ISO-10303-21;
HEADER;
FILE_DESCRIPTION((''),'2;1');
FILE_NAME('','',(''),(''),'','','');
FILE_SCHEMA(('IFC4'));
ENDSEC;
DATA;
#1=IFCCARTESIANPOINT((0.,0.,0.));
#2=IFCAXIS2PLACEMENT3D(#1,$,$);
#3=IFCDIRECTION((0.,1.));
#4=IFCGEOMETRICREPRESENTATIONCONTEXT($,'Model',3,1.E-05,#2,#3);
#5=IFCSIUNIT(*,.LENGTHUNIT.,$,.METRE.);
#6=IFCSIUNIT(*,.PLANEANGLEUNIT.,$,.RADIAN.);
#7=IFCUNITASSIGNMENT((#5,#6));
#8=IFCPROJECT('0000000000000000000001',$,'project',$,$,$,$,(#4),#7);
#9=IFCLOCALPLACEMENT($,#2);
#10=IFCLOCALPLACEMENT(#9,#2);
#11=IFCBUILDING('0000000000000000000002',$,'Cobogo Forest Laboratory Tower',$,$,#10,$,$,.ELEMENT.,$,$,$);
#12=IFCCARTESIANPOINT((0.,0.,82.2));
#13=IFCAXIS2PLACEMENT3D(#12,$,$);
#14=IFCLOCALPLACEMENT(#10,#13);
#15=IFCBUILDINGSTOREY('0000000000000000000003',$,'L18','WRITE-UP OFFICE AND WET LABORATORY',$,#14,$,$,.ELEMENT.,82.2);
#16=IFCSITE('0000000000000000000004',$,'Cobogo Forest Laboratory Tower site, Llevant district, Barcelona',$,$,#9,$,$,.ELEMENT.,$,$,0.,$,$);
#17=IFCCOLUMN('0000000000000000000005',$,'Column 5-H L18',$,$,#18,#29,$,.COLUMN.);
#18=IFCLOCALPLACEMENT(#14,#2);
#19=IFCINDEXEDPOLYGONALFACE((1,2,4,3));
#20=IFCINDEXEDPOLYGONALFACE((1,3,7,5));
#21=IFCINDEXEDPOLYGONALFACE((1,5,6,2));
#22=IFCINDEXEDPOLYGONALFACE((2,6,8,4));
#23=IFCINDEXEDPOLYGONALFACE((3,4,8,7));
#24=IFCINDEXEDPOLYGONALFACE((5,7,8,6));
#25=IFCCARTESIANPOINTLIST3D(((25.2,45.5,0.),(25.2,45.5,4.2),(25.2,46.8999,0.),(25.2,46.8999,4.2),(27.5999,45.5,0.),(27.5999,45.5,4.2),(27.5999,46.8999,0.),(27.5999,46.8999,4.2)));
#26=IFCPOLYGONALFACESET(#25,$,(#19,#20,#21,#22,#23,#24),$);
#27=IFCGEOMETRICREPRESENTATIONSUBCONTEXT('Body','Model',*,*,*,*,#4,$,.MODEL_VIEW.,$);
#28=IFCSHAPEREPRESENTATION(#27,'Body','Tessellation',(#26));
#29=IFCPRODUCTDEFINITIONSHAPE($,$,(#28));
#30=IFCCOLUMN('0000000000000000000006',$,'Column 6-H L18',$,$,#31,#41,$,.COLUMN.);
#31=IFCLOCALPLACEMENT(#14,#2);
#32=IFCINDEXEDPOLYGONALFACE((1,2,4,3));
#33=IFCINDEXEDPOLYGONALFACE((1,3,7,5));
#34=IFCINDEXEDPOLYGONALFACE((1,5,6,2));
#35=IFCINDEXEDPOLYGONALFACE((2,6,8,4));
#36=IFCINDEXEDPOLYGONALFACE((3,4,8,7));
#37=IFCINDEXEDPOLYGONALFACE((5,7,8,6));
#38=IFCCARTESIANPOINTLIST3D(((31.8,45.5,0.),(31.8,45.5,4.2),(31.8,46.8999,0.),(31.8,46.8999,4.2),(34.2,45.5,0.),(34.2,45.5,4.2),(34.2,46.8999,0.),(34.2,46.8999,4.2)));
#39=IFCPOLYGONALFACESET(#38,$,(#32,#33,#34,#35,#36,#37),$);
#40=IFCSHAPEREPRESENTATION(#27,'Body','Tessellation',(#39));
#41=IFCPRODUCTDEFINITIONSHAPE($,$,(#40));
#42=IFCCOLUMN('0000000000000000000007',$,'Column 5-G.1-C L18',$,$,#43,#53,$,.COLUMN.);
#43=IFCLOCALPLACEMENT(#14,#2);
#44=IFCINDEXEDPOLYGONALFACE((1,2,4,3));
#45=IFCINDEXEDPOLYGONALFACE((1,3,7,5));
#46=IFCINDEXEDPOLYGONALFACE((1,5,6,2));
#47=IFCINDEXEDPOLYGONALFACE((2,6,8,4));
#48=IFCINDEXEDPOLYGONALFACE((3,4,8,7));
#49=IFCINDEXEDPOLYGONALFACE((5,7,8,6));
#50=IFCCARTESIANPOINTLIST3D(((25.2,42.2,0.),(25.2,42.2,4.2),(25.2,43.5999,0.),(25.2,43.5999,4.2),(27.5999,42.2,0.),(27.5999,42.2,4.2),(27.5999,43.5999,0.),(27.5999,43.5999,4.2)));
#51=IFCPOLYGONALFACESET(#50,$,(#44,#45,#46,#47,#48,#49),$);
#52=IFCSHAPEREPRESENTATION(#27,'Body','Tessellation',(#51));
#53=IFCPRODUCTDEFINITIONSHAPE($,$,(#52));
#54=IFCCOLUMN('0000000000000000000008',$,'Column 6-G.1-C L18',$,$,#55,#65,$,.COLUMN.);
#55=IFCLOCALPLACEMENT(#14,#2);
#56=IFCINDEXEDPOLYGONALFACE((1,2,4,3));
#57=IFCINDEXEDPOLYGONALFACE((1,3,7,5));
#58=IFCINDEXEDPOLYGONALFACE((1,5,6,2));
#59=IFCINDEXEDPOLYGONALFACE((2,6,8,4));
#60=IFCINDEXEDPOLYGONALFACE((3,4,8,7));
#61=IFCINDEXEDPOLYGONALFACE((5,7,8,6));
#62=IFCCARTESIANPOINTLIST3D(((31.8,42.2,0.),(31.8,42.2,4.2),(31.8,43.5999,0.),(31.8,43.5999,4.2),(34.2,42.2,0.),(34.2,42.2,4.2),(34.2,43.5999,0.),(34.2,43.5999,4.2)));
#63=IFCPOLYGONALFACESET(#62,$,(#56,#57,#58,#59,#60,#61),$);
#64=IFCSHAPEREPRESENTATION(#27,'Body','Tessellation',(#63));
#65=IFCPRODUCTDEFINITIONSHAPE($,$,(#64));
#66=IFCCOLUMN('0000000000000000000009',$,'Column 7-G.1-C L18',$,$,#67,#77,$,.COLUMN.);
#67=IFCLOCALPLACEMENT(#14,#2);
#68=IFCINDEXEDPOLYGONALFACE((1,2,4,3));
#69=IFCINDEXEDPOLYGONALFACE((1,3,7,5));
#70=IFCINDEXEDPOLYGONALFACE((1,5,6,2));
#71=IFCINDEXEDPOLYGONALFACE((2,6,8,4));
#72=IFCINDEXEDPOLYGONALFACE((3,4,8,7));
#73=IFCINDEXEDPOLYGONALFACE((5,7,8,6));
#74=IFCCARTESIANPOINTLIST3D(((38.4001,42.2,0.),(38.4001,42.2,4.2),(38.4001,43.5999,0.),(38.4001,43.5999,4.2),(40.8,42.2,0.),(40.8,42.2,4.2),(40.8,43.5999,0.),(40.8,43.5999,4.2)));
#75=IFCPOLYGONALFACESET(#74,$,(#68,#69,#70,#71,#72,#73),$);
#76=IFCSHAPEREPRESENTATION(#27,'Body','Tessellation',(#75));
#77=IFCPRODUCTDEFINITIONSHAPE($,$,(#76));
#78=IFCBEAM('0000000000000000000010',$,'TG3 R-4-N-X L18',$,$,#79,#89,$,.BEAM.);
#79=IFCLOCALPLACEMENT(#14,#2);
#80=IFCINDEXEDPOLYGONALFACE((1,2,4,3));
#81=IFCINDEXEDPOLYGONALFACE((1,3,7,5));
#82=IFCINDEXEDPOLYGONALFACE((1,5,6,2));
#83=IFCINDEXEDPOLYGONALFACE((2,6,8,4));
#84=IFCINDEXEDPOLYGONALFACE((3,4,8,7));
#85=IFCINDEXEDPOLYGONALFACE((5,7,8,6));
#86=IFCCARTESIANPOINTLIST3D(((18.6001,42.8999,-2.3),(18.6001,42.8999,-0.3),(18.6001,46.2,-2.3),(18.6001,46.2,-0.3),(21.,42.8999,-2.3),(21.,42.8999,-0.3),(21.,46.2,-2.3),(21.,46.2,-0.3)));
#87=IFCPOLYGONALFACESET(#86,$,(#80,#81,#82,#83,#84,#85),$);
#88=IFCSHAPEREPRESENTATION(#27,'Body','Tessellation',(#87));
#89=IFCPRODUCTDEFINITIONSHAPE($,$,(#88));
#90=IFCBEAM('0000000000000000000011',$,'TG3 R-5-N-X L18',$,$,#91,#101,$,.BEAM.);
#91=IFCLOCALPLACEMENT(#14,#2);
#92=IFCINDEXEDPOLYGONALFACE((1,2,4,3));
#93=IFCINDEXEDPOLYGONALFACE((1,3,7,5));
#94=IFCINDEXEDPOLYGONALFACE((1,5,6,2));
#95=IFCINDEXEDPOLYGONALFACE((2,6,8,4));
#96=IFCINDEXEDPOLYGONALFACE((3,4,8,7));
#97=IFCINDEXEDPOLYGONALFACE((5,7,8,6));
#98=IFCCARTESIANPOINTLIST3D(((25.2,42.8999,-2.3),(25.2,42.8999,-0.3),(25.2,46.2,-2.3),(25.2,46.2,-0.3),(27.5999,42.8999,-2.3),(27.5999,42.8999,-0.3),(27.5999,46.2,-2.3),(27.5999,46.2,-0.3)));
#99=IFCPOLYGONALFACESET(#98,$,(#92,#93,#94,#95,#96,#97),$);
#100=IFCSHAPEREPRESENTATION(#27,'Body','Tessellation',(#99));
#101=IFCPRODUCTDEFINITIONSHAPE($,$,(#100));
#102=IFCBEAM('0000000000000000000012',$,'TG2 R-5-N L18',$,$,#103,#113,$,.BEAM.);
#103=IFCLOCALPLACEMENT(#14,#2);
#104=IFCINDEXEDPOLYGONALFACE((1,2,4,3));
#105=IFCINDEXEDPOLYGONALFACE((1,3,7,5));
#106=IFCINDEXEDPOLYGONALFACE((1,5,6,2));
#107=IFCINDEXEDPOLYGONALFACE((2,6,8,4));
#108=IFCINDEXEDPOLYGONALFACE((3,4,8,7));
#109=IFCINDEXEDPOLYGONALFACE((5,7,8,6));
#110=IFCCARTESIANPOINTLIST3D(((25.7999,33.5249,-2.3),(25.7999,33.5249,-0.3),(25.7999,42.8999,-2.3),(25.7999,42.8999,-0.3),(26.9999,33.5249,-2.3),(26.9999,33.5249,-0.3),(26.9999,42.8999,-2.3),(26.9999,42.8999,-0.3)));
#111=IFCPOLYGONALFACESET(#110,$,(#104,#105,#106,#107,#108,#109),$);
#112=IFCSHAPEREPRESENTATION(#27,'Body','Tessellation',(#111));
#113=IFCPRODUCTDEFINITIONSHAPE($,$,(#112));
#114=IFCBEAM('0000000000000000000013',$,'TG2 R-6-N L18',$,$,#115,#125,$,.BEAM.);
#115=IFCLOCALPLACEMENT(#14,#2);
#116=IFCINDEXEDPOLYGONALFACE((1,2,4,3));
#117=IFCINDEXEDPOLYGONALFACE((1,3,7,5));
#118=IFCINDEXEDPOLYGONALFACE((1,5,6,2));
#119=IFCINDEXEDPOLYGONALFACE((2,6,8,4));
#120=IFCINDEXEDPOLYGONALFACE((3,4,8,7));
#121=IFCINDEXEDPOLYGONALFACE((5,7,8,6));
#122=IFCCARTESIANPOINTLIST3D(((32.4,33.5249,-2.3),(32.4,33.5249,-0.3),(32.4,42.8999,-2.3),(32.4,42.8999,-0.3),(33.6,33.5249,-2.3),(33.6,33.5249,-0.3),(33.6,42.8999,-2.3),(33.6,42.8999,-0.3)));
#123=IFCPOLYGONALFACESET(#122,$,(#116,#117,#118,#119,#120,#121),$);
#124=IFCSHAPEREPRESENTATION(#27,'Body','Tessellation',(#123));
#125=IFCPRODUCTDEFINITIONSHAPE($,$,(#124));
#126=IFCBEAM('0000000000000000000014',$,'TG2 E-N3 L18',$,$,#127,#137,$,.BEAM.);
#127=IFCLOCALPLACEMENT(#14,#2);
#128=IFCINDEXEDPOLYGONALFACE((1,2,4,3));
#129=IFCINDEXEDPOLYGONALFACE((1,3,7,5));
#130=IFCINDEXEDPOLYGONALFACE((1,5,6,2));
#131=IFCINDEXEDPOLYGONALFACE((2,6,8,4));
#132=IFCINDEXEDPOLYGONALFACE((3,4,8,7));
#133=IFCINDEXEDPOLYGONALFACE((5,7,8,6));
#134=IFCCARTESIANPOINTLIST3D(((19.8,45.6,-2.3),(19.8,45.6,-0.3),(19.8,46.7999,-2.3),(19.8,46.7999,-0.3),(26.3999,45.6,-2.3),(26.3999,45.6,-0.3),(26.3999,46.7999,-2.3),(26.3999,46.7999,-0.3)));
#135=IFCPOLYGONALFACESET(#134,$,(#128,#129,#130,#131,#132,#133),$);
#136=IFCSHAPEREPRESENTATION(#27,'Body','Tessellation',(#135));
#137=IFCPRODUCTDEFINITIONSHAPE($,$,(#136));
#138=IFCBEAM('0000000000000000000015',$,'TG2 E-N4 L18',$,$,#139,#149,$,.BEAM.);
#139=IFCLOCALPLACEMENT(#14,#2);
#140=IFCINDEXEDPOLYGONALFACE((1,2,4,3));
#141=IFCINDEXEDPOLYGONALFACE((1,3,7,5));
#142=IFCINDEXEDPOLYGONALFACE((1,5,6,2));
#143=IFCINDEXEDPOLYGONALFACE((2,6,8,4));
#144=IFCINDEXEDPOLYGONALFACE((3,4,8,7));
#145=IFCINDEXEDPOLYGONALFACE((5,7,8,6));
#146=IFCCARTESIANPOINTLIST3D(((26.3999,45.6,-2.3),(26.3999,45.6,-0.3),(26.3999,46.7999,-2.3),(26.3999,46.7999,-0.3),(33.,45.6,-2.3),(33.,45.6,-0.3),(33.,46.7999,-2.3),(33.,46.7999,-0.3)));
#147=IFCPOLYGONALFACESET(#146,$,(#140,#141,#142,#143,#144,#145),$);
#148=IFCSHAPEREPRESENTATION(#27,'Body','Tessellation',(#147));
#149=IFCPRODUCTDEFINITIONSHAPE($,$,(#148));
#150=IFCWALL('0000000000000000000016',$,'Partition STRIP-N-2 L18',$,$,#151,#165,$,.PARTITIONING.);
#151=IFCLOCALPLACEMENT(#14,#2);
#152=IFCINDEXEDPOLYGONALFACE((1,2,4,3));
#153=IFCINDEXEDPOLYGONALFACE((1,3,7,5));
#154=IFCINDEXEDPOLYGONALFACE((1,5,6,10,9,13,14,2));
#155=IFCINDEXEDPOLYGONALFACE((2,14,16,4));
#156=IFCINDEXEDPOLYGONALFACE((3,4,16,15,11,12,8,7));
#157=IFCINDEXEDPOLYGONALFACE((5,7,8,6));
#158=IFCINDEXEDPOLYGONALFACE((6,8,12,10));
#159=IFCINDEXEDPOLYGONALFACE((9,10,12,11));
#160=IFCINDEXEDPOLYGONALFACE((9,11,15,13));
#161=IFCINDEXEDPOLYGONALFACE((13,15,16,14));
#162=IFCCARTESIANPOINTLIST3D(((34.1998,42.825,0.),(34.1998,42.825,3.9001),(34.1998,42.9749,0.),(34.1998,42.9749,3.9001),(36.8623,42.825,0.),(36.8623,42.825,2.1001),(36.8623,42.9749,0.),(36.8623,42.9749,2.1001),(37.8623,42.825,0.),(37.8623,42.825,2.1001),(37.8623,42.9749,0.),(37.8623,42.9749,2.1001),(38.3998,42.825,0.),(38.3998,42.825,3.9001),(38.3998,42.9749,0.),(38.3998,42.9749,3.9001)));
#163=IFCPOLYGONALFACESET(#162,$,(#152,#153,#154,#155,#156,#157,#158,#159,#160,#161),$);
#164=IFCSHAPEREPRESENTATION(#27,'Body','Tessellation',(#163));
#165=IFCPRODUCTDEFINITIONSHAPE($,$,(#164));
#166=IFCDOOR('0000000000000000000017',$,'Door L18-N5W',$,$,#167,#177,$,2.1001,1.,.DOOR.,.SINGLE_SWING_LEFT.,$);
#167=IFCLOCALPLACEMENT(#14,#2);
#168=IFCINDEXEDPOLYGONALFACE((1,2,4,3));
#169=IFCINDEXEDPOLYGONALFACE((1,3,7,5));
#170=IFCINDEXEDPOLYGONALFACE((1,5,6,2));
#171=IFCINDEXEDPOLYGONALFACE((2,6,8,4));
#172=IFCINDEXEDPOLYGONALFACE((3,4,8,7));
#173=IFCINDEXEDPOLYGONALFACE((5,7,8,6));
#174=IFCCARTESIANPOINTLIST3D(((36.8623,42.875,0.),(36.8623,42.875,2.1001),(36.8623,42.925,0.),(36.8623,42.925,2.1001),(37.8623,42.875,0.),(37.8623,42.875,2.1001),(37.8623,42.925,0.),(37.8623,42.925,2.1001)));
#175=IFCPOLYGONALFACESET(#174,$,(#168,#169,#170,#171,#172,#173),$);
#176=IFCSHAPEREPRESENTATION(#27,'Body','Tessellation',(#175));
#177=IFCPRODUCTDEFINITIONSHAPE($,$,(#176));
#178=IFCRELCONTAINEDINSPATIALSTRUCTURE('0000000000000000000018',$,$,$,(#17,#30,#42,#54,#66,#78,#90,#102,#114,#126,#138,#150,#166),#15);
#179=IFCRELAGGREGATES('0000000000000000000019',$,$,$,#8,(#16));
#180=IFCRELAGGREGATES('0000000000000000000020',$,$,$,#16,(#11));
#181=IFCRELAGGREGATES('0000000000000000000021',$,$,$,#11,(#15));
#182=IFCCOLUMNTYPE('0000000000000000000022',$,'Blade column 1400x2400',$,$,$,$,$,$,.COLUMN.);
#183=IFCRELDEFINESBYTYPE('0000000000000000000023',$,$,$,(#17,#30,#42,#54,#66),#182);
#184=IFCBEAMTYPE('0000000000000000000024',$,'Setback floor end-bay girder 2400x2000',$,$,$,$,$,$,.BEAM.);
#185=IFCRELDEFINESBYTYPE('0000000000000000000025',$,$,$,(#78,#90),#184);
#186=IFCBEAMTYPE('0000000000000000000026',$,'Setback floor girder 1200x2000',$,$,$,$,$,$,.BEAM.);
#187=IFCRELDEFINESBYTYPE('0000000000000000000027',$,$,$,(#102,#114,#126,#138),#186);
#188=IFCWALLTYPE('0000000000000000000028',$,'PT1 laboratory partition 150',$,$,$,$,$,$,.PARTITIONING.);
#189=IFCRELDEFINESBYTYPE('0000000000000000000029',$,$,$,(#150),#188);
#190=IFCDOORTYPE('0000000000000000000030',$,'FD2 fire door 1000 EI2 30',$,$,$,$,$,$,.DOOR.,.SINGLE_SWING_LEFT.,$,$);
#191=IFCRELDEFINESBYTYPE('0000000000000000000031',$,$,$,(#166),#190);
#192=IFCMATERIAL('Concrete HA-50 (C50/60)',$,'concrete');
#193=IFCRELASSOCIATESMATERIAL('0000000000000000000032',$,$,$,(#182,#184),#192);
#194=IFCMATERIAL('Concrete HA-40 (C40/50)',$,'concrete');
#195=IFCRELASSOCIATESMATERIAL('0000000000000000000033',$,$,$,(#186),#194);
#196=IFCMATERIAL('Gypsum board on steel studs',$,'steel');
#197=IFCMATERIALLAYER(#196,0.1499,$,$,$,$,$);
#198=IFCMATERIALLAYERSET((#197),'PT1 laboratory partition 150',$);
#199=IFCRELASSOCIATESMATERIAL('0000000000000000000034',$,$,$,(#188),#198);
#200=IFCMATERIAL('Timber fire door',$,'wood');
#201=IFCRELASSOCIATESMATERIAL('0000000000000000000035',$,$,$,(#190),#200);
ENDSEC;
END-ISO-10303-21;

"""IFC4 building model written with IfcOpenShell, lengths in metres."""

from ifc_helpers import new_model, si_unit, direction, frame, frame_2d, origin, origin_2d, place, context, subcontext, project, spatial, rectangle, extrude, material, layer, layer_set, material_profile, profile_set, type_object, element, fill, save


model = new_model("IFC4")

# Units and contexts
model_context = context("Model", 3, precision=1e-05, world=origin(), true_north=direction((0.0, 1.0)))
body_context = subcontext(model_context, "Body", "Model", "MODEL_VIEW")
ifc_project = project(units=[si_unit("LENGTHUNIT", "METRE"), si_unit("PLANEANGLEUNIT", "RADIAN")], contexts=[model_context])

# Site, building, storey
site_placement = place(None, origin())
site = spatial("IfcSite", under=ifc_project, at=site_placement, Name="Cobogo Forest Laboratory Tower site, Llevant district, Barcelona", CompositionType="ELEMENT", RefElevation=0.0)
building_placement = place(site_placement, origin())
building = spatial("IfcBuilding", under=site, at=building_placement, Name="Cobogo Forest Laboratory Tower", CompositionType="ELEMENT")
storey_placement = place(building_placement, frame((0.0, 0.0, 82.2)))
storey = spatial("IfcBuildingStorey", under=building, at=storey_placement, Name="L18", Description="WRITE-UP OFFICE AND WET LABORATORY", CompositionType="ELEMENT", Elevation=82.2)

# Columns
ifc_material_1 = material(Name="Concrete HA-50 (C50/60)", Category="concrete")
ifc_material_profile_1 = material_profile(ifc_material_1, rectangle(XDim=2.3999, YDim=1.3999, at=origin_2d()), Name="RC 1400x2400")
ifc_profile_set_1 = profile_set([ifc_material_profile_1], Name="Concrete HA-50 (C50/60)")
column_type = type_object("IfcColumnType", Name="Blade column 1400x2400", PredefinedType="COLUMN", material=ifc_profile_set_1)
for number, where, z_axis, x_axis, name in (
    (1, (26.3999, 46.2, 0.0), (0.0, 0.0, 1.0), (1.0, 0.0, 0.0), "Column 5-H L18"),
    (2, (33.0, 46.2, 0.0), (0.0, 0.0, 1.0), (1.0, 0.0, 0.0), "Column 6-H L18"),
    (3, (26.3999, 42.8999, 0.0), (0.0, 0.0, 1.0), (1.0, 0.0, 0.0), "Column 5-G.1-C L18"),
    (4, (33.0, 42.8999, 0.0), (0.0, 0.0, 1.0), (1.0, 0.0, 0.0), "Column 6-G.1-C L18"),
    (5, (39.6001, 42.8999, 0.0), (0.0, 0.0, 1.0), (1.0, 0.0, 0.0), "Column 7-G.1-C L18"),
):
    element("IfcColumn", number, at=place(storey_placement, frame(where, z_axis=z_axis, x_axis=x_axis)), inside=storey, type_object=column_type, Name=name, PredefinedType="COLUMN", context=body_context, shape_type="SweptSolid", body=[
        extrude(rectangle(XDim=2.3999, YDim=1.3999, at=origin_2d()), origin(), (0.0, 0.0, 1.0), 4.2),
    ])

# Beams
ifc_material_profile_2 = material_profile(ifc_material_1, rectangle(XDim=2.3999, YDim=2.0, at=origin_2d()), Name="RC 2400x2000")
ifc_profile_set_2 = profile_set([ifc_material_profile_2], Name="Concrete HA-50 (C50/60)")
beam_type_1 = type_object("IfcBeamType", Name="Setback floor end-bay girder 2400x2000", PredefinedType="BEAM", material=ifc_profile_set_2)
for number, where, z_axis, x_axis, name in (
    (6, (19.8, 46.2, -1.3), (0.0, -1.0, 0.0), (1.0, 0.0, 0.0), "TG3 R-4-N-X L18"),
    (7, (26.3999, 46.2, -1.3), (0.0, -1.0, 0.0), (1.0, 0.0, 0.0), "TG3 R-5-N-X L18"),
):
    element("IfcBeam", number, at=place(storey_placement, frame(where, z_axis=z_axis, x_axis=x_axis)), inside=storey, type_object=beam_type_1, Name=name, PredefinedType="BEAM", context=body_context, shape_type="SweptSolid", body=[
        extrude(rectangle(XDim=2.3999, YDim=2.0, at=origin_2d()), origin(), (0.0, 0.0, 1.0), 3.3),
    ])
ifc_material_2 = material(Name="Concrete HA-40 (C40/50)", Category="concrete")
ifc_material_profile_3 = material_profile(ifc_material_2, rectangle(XDim=1.2, YDim=2.0, at=origin_2d()), Name="RC 1200x2000")
ifc_profile_set_3 = profile_set([ifc_material_profile_3], Name="Concrete HA-40 (C40/50)")
beam_type_2 = type_object("IfcBeamType", Name="Setback floor girder 1200x2000", PredefinedType="BEAM", material=ifc_profile_set_3)
for number, where, z_axis, x_axis, name in (
    (8, (26.3999, 33.5249, -1.3), (0.0, 1.0, 0.0), (-1.0, 0.0, 0.0), "TG2 R-5-N L18"),
    (9, (33.0, 33.5249, -1.3), (0.0, 1.0, 0.0), (-1.0, 0.0, 0.0), "TG2 R-6-N L18"),
):
    element("IfcBeam", number, at=place(storey_placement, frame(where, z_axis=z_axis, x_axis=x_axis)), inside=storey, type_object=beam_type_2, Name=name, PredefinedType="BEAM", context=body_context, shape_type="SweptSolid", body=[
        extrude(rectangle(XDim=1.2, YDim=2.0, at=origin_2d()), origin(), (0.0, 0.0, 1.0), 9.375),
    ])
beam_1_placement = place(storey_placement, frame((19.8, 46.2, -1.3), z_axis=(1.0, 0.0, 0.0), x_axis=(0.0, 1.0, 0.0)))
element("IfcBeam", 10, at=beam_1_placement, inside=storey, type_object=beam_type_2, Name="TG2 E-N3 L18", PredefinedType="BEAM", context=body_context, shape_type="SweptSolid", body=[
    extrude(rectangle(XDim=1.2, YDim=2.0, at=origin_2d()), origin(), (0.0, 0.0, 1.0), 6.5999),
])
beam_2_placement = place(storey_placement, frame((26.3999, 46.2, -1.3), z_axis=(1.0, 0.0, 0.0), x_axis=(0.0, 1.0, 0.0)))
element("IfcBeam", 11, at=beam_2_placement, inside=storey, type_object=beam_type_2, Name="TG2 E-N4 L18", PredefinedType="BEAM", context=body_context, shape_type="SweptSolid", body=[
    extrude(rectangle(XDim=1.2, YDim=2.0, at=origin_2d()), origin(), (0.0, 0.0, 1.0), 6.6001),
])

# Wall, opening, door
ifc_material_3 = material(Name="Gypsum board on steel studs", Category="steel")
ifc_layer = layer(ifc_material_3, 0.1499)
ifc_layer_set = layer_set([ifc_layer], Name="PT1 laboratory partition 150")
wall_type = type_object("IfcWallType", Name="PT1 laboratory partition 150", PredefinedType="PARTITIONING", material=ifc_layer_set)
wall_1_placement = place(storey_placement, frame((38.3999, 42.8999, 0.0), z_axis=(0.0, 0.0, 1.0), x_axis=(-1.0, 0.0, 0.0)))
wall_1 = element("IfcWall", 12, at=wall_1_placement, inside=storey, type_object=wall_type, Name="Partition STRIP-N-2 L18", PredefinedType="PARTITIONING", context=body_context, shape_type="SweptSolid", body=[
    extrude(rectangle(XDim=4.2, YDim=0.1499, at=frame_2d((2.1001, 0.0))), origin(), (0.0, 0.0, 1.0), 3.9001),
])
opening_1_placement = place(wall_1_placement, frame((0.5376, 0.0, 0.0)))
opening_1 = element("IfcOpeningElement", 13, at=opening_1_placement, cuts=wall_1, PredefinedType="OPENING", context=body_context, shape_type="SweptSolid", body=[
    extrude(rectangle(XDim=1.0, YDim=2.1001, at=frame_2d((0.5, 1.05))), frame((0.0, 0.085, 0.0), z_axis=(0.0, -1.0, 0.0), x_axis=(1.0, 0.0, 0.0)), (0.0, 0.0, 1.0), 0.1699),
])
ifc_material_4 = material(Name="Timber fire door", Category="wood")
door_type = type_object("IfcDoorType", Name="FD2 fire door 1000 EI2 30", OperationType="SINGLE_SWING_LEFT", PredefinedType="DOOR", material=ifc_material_4)
door_1_placement = place(opening_1_placement, origin())
door_1 = element("IfcDoor", 14, at=door_1_placement, inside=storey, type_object=door_type, Name="Door L18-N5W", OperationType="SINGLE_SWING_LEFT", OverallHeight=2.1001, OverallWidth=1.0, PredefinedType="DOOR", context=body_context, shape_type="SweptSolid", body=[
    extrude(rectangle(XDim=1.0, YDim=2.1001, at=frame_2d((0.5, 1.05))), frame((0.0, 0.0249, 0.0), z_axis=(0.0, -1.0, 0.0), x_axis=(1.0, 0.0, 0.0)), (0.0, 0.0, 1.0), 0.05),
])
fill(opening_1, door_1)

save(model, "model.ifc")
